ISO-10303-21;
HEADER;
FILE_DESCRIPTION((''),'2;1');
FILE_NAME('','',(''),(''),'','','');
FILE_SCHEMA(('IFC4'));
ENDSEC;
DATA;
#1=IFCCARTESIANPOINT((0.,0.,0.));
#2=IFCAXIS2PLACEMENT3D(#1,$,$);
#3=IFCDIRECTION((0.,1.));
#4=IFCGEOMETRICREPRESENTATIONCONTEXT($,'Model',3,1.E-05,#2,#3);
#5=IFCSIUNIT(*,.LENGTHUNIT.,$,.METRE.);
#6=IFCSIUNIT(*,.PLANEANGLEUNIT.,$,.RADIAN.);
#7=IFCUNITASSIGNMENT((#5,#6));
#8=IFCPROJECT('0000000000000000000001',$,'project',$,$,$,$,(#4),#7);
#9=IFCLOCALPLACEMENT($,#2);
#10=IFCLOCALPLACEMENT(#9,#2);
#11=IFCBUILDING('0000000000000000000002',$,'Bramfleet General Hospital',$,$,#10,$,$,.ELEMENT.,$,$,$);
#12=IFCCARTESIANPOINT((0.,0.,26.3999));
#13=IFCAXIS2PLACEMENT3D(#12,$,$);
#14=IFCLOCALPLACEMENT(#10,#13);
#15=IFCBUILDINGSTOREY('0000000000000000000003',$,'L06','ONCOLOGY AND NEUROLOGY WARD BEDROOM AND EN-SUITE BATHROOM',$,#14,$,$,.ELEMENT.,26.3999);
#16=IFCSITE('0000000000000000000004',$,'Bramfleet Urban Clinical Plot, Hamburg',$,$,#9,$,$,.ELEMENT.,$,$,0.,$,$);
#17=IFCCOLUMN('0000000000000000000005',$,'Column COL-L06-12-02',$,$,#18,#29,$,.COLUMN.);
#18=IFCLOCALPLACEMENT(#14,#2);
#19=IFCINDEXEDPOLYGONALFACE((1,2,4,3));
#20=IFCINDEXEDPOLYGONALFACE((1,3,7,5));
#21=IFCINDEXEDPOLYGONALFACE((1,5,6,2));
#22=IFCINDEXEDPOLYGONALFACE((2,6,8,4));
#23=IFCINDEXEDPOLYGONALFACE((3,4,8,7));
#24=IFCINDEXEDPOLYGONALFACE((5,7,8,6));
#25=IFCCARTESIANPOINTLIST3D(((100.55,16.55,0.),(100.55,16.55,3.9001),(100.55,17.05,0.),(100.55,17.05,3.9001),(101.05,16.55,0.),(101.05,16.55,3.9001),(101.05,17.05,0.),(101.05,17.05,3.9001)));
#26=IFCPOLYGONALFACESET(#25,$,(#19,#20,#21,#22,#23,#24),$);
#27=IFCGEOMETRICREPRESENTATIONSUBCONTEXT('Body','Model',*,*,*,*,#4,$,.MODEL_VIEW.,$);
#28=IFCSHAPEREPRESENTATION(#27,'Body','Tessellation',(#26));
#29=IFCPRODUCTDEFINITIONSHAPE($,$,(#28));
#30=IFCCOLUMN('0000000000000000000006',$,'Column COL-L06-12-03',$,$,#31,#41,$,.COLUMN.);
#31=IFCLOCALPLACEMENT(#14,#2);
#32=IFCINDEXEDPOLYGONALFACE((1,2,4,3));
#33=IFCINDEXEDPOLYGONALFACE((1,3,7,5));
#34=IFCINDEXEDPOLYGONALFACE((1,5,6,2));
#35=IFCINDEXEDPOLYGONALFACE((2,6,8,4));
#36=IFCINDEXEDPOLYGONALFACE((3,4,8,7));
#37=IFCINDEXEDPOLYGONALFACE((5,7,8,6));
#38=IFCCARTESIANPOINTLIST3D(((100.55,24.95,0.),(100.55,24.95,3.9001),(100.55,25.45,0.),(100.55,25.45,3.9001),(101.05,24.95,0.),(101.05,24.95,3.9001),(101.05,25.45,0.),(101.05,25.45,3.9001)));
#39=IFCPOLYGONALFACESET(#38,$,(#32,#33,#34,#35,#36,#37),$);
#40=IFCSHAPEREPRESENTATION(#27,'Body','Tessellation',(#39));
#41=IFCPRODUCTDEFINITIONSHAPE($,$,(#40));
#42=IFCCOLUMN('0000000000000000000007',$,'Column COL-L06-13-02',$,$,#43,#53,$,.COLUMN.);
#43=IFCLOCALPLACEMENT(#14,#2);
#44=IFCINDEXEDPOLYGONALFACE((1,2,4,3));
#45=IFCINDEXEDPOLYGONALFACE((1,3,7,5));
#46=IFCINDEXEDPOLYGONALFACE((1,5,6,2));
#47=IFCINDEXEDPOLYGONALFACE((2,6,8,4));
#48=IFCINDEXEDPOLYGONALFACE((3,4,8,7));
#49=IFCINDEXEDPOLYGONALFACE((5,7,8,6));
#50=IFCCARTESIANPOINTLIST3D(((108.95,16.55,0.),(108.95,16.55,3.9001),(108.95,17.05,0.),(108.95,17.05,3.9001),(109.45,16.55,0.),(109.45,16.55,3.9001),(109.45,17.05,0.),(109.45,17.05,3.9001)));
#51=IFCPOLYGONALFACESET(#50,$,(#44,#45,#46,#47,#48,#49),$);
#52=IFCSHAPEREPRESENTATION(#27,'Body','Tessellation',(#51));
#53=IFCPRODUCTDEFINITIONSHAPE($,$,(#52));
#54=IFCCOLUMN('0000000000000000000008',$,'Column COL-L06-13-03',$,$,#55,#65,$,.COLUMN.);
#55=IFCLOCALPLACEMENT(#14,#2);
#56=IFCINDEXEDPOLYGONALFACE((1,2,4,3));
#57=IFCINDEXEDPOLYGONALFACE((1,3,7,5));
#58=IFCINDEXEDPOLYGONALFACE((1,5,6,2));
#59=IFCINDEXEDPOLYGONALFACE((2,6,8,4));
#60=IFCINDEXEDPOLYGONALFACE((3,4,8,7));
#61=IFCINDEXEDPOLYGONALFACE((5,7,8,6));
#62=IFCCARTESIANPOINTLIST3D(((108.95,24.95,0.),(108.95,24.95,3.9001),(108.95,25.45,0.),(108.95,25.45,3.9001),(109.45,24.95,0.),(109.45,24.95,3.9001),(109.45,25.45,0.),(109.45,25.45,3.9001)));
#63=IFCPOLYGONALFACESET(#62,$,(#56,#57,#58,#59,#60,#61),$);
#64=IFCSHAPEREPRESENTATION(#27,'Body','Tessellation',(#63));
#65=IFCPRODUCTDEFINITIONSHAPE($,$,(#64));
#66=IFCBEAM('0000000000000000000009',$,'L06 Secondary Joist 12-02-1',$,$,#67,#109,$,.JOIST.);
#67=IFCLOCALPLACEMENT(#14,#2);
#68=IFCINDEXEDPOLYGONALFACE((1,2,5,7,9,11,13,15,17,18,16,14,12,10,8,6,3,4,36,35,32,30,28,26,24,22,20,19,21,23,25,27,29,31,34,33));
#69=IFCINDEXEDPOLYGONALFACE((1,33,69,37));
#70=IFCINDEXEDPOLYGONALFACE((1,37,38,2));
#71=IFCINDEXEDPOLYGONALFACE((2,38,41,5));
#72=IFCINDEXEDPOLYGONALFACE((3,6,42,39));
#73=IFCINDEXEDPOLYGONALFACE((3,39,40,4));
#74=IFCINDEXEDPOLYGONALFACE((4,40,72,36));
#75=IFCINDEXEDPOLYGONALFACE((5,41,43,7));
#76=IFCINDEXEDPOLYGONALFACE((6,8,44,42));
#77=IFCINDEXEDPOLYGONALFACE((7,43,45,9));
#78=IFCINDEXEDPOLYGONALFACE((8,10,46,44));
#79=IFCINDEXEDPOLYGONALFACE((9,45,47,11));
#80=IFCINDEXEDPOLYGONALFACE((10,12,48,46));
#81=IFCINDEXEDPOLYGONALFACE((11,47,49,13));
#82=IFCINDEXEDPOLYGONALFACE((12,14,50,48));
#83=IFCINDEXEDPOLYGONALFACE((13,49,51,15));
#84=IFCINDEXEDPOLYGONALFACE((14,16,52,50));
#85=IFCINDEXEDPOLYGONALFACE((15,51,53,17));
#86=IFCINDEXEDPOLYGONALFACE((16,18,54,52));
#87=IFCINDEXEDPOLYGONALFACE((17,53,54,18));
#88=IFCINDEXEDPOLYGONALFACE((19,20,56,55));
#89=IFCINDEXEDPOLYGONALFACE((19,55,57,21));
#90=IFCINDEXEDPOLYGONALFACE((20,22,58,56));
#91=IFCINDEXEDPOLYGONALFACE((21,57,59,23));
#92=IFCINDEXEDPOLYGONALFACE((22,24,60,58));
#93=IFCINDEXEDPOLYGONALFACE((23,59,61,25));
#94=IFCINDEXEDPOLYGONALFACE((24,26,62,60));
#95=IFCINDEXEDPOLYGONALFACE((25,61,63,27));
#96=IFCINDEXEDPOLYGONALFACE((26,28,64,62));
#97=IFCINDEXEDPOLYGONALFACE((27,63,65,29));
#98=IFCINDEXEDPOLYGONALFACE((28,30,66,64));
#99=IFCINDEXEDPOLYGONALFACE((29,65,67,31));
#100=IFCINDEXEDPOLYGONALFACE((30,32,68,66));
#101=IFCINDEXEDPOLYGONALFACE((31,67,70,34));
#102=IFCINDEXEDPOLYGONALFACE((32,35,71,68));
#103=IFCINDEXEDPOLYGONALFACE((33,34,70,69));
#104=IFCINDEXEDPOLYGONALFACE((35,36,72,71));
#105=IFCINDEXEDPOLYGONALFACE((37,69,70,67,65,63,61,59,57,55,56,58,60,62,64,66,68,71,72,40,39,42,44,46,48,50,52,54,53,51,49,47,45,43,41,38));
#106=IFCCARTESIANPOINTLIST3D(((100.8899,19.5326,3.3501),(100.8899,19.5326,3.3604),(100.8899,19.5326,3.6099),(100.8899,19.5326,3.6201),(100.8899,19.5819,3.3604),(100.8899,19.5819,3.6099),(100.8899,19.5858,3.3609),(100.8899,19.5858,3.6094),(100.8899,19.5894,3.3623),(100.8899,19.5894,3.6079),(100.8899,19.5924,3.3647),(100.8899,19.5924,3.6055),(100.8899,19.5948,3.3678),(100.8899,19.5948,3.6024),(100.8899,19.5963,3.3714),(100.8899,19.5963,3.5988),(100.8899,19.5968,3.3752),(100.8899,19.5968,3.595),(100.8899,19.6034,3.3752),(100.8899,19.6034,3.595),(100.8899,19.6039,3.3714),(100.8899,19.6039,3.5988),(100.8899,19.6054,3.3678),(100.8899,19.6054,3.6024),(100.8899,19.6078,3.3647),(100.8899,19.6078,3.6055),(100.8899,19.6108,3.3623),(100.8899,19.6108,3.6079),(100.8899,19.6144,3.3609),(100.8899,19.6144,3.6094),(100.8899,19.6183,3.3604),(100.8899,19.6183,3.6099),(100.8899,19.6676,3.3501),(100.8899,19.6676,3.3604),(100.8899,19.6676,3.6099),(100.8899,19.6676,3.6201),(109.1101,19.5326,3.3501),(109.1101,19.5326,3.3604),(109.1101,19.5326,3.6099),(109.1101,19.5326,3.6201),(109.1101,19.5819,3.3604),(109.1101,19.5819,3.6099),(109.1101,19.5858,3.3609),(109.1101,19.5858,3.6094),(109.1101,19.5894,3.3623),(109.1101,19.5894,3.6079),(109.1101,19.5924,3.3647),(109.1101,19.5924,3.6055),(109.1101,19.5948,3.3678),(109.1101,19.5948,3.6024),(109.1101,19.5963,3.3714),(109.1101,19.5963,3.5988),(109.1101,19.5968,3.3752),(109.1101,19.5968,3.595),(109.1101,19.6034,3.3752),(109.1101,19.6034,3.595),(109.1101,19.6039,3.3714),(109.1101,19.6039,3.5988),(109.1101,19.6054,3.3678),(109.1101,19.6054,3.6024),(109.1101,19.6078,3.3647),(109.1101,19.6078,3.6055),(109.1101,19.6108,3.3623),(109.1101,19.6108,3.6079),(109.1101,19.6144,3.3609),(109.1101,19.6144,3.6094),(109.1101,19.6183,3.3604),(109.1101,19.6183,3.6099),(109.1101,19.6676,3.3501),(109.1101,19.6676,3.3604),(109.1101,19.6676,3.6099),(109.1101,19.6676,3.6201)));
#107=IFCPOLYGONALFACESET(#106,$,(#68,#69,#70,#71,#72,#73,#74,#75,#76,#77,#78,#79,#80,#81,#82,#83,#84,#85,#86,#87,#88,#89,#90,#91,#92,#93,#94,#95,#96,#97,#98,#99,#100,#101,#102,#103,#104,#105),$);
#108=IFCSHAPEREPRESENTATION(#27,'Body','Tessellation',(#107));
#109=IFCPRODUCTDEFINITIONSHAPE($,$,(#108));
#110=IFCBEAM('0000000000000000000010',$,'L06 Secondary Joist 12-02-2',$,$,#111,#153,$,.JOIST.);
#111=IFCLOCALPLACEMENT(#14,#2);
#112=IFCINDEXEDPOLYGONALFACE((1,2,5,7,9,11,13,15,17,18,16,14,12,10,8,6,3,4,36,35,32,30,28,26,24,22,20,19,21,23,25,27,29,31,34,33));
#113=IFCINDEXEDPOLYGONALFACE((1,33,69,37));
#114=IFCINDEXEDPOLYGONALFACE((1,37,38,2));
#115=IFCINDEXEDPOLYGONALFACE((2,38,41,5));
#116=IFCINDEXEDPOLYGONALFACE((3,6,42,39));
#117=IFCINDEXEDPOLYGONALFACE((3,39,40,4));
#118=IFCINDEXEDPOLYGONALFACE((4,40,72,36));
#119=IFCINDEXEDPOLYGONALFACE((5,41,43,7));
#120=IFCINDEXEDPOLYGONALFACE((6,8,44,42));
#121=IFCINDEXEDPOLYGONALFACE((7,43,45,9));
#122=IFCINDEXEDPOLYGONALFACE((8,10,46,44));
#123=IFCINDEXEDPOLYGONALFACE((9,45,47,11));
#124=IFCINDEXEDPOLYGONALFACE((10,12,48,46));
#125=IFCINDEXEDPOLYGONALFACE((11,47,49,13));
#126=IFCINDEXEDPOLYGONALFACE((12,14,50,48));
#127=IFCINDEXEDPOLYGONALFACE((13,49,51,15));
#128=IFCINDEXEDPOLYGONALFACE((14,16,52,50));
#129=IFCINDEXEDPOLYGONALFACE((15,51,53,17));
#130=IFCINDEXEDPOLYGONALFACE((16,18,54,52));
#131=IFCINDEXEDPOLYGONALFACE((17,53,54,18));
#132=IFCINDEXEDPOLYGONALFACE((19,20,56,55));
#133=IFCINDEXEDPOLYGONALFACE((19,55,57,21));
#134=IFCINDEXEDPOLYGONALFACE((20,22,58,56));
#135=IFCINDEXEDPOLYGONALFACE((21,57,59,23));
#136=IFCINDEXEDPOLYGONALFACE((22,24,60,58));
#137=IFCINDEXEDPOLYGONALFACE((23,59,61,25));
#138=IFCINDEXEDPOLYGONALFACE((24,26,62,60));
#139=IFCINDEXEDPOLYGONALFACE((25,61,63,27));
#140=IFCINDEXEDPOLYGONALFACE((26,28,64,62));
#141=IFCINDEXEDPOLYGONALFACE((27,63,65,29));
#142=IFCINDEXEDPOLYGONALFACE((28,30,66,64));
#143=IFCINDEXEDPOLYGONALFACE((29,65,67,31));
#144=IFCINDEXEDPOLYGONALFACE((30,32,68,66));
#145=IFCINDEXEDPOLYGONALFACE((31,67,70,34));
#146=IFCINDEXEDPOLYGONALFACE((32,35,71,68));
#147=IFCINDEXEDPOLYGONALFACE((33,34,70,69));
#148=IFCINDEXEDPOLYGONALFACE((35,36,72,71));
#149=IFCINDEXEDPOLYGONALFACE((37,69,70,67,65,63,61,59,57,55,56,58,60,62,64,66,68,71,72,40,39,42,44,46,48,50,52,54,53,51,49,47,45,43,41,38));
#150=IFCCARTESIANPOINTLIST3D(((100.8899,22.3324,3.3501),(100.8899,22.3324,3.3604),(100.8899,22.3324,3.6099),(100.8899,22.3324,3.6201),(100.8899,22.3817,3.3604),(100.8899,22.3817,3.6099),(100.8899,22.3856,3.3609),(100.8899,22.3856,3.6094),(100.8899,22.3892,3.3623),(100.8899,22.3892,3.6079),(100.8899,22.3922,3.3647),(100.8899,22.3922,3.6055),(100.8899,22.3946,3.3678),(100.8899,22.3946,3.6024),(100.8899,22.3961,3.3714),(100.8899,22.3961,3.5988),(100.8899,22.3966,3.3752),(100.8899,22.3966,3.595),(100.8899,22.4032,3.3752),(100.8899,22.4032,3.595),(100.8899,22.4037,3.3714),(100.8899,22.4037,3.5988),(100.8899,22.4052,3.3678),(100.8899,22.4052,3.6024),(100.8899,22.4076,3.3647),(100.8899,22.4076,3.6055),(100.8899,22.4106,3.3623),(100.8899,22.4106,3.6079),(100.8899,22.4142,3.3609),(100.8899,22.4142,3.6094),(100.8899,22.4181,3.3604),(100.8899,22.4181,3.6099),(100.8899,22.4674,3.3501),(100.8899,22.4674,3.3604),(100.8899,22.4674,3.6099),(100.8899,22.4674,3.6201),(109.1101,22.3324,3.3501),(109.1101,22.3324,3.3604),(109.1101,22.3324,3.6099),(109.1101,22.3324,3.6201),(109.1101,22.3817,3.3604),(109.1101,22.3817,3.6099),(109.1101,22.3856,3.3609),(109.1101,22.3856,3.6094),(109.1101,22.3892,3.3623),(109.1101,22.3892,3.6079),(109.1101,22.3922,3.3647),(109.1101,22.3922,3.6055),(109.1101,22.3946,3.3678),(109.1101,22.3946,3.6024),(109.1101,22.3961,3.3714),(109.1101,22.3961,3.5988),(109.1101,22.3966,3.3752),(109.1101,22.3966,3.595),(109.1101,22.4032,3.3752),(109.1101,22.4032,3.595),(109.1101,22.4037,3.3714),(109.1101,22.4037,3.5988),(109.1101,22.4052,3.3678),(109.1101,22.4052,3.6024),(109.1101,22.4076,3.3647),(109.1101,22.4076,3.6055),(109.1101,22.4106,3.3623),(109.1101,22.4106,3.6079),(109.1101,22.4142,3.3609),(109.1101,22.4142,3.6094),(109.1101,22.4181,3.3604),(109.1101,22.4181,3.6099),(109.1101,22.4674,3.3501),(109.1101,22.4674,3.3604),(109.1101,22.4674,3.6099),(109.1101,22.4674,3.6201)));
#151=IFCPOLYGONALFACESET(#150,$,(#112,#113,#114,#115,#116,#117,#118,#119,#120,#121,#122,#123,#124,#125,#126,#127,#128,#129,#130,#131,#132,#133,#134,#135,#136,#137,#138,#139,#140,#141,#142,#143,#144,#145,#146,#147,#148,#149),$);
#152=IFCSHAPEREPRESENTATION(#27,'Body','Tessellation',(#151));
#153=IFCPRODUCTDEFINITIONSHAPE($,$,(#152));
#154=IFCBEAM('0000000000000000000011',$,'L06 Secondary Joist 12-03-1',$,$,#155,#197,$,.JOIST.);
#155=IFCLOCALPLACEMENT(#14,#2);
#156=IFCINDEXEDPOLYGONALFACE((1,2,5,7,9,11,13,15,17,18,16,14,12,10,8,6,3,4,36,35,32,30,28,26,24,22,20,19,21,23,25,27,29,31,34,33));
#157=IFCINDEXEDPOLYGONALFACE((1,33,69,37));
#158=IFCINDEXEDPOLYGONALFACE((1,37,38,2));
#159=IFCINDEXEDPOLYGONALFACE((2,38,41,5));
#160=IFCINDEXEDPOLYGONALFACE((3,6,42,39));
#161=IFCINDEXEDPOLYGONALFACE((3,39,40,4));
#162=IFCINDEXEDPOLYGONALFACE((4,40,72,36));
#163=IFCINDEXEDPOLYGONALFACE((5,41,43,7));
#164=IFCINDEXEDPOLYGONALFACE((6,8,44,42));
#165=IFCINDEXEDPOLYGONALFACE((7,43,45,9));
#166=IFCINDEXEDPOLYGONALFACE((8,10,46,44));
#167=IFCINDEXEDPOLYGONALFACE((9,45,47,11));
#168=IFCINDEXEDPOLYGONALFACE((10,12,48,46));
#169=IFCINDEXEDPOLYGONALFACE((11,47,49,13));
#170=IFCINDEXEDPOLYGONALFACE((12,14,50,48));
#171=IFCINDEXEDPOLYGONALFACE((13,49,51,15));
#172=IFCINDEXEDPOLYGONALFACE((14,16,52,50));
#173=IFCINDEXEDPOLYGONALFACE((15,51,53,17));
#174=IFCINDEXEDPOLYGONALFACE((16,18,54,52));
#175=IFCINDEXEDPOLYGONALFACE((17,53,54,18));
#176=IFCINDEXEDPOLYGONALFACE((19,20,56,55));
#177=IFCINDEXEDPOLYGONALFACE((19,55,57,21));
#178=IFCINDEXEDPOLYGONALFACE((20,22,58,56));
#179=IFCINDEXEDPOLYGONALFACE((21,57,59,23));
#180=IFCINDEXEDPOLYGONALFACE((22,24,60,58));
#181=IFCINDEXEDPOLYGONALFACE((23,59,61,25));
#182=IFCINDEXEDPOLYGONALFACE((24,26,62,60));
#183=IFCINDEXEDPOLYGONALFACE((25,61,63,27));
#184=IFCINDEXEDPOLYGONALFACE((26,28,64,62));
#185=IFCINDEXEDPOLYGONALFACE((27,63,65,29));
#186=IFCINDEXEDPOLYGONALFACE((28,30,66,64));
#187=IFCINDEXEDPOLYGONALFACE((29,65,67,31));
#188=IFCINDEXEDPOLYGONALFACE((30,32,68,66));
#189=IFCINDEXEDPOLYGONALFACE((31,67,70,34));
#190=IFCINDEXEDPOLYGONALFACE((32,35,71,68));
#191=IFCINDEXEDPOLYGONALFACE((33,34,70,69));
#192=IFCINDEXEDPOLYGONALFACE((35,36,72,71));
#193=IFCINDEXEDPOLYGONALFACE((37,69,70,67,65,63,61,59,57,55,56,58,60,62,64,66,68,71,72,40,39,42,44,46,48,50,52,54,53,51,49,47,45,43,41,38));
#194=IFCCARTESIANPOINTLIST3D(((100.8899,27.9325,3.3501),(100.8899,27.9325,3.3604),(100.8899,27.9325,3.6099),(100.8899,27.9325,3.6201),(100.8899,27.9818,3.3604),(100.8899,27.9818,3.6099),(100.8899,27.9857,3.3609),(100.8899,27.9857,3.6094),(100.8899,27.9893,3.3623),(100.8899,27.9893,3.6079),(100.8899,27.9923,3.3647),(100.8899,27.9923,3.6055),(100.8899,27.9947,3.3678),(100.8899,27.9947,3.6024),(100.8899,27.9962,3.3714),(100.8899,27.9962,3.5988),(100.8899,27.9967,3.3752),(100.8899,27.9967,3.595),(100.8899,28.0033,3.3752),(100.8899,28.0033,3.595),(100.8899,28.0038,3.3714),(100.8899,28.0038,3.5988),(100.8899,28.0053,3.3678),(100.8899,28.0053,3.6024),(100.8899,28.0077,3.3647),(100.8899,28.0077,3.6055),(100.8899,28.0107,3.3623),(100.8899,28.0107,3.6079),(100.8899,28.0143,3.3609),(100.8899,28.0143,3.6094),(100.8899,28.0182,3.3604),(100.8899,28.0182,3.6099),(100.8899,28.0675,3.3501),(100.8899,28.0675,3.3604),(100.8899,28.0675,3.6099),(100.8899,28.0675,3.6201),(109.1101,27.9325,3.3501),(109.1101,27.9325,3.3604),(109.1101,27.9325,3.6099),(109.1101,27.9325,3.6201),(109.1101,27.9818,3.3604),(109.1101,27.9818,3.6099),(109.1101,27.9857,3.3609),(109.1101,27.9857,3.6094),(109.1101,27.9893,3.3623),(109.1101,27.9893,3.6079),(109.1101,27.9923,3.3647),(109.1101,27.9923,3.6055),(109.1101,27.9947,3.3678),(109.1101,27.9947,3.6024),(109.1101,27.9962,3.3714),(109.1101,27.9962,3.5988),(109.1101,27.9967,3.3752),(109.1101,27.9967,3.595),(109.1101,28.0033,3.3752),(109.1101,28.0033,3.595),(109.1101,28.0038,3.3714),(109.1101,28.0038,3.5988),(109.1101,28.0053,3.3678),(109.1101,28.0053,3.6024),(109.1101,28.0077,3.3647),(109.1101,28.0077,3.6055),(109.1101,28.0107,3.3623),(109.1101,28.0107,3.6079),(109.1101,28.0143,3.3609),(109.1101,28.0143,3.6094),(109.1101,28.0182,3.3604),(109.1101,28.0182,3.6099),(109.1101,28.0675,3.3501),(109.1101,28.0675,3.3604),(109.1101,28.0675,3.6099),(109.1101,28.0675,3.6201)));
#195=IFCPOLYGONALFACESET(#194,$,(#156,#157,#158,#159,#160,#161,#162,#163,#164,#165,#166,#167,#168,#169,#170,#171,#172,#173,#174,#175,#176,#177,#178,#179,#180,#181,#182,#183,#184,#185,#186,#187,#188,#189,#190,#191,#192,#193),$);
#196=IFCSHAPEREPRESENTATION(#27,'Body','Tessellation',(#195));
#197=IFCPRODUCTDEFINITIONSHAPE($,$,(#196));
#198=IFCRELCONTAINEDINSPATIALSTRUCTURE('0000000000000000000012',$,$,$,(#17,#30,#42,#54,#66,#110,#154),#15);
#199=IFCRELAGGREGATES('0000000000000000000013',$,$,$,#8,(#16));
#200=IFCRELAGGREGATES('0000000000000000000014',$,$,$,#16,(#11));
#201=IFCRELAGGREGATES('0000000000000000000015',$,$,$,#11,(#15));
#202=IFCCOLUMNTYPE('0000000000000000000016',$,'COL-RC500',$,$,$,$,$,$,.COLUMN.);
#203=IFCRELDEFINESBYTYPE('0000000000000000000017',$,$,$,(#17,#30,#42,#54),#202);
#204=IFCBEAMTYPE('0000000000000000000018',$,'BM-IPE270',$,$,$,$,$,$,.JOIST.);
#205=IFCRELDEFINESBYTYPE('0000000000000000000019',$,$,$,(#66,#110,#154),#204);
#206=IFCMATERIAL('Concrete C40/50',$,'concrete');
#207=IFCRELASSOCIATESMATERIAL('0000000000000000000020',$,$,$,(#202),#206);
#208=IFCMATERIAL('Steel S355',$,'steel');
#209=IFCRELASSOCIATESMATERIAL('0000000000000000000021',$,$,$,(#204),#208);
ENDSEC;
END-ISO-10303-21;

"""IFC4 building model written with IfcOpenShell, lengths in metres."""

from ifc_helpers import new_model, si_unit, direction, frame, origin, origin_2d, place, context, subcontext, project, spatial, rectangle, i_section, extrude, material, material_profile, profile_set, type_object, element, save


model = new_model("IFC4")

# Units and contexts
model_context = context("Model", 3, precision=1e-05, world=origin(), true_north=direction((0.0, 1.0)))
body_context = subcontext(model_context, "Body", "Model", "MODEL_VIEW")
ifc_project = project(units=[si_unit("LENGTHUNIT", "METRE"), si_unit("PLANEANGLEUNIT", "RADIAN")], contexts=[model_context])

# Site, building, storey
site_placement = place(None, origin())
site = spatial("IfcSite", under=ifc_project, at=site_placement, Name="Bramfleet Urban Clinical Plot, Hamburg", CompositionType="ELEMENT", RefElevation=0.0)
building_placement = place(site_placement, origin())
building = spatial("IfcBuilding", under=site, at=building_placement, Name="Bramfleet General Hospital", CompositionType="ELEMENT")
storey_placement = place(building_placement, frame((0.0, 0.0, 26.3999)))
storey = spatial("IfcBuildingStorey", under=building, at=storey_placement, Name="L06", Description="ONCOLOGY AND NEUROLOGY WARD BEDROOM AND EN-SUITE BATHROOM", CompositionType="ELEMENT", Elevation=26.3999)

# Columns
ifc_material_1 = material(Name="Concrete C40/50", Category="concrete")
ifc_material_profile_1 = material_profile(ifc_material_1, rectangle(XDim=0.5, YDim=0.5, at=origin_2d()), Name="RC COL 500x500")
ifc_profile_set_1 = profile_set([ifc_material_profile_1], Name="Concrete C40/50")
column_type = type_object("IfcColumnType", Name="COL-RC500", PredefinedType="COLUMN", material=ifc_profile_set_1)
for number, where, z_axis, x_axis, name in (
    (1, (100.8, 16.8, 0.0), (0.0, 0.0, 1.0), (1.0, 0.0, 0.0), "Column COL-L06-12-02"),
    (2, (100.8, 25.2, 0.0), (0.0, 0.0, 1.0), (1.0, 0.0, 0.0), "Column COL-L06-12-03"),
    (3, (109.2, 16.8, 0.0), (0.0, 0.0, 1.0), (1.0, 0.0, 0.0), "Column COL-L06-13-02"),
    (4, (109.2, 25.2, 0.0), (0.0, 0.0, 1.0), (1.0, 0.0, 0.0), "Column COL-L06-13-03"),
):
    element("IfcColumn", number, at=place(storey_placement, frame(where, z_axis=z_axis, x_axis=x_axis)), inside=storey, type_object=column_type, Name=name, PredefinedType="COLUMN", context=body_context, shape_type="SweptSolid", body=[
        extrude(rectangle(XDim=0.5, YDim=0.5, at=origin_2d()), origin(), (0.0, 0.0, 1.0), 3.9001),
    ])

# Beams
ifc_material_2 = material(Name="Steel S355", Category="steel")
ifc_material_profile_2 = material_profile(ifc_material_2, i_section(OverallWidth=0.135, OverallDepth=0.27, WebThickness=0.0066, FlangeThickness=0.0103, FilletRadius=0.0149, at=origin_2d()), Name="IPE 270")
ifc_profile_set_2 = profile_set([ifc_material_profile_2], Name="Steel S355")
beam_type_1 = type_object("IfcBeamType", Name="BM-IPE270", PredefinedType="JOIST", material=ifc_profile_set_2)
for number, where, z_axis, x_axis, name in (
    (5, (100.8899, 19.6001, 3.4851), (1.0, 0.0, 0.0), (0.0, 1.0, 0.0), "L06 Secondary Joist 12-02-1"),
    (6, (100.8899, 22.3999, 3.4851), (1.0, 0.0, 0.0), (0.0, 1.0, 0.0), "L06 Secondary Joist 12-02-2"),
    (7, (100.8899, 28.0, 3.4851), (1.0, 0.0, 0.0), (0.0, 1.0, 0.0), "L06 Secondary Joist 12-03-1"),
):
    element("IfcBeam", number, at=place(storey_placement, frame(where, z_axis=z_axis, x_axis=x_axis)), inside=storey, type_object=beam_type_1, Name=name, PredefinedType="JOIST", context=body_context, shape_type="SweptSolid", body=[
        extrude(i_section(OverallWidth=0.135, OverallDepth=0.27, WebThickness=0.0066, FlangeThickness=0.0103, FilletRadius=0.0149, at=origin_2d()), origin(), (0.0, 0.0, 1.0), 8.2202),
    ])

save(model, "model.ifc")
